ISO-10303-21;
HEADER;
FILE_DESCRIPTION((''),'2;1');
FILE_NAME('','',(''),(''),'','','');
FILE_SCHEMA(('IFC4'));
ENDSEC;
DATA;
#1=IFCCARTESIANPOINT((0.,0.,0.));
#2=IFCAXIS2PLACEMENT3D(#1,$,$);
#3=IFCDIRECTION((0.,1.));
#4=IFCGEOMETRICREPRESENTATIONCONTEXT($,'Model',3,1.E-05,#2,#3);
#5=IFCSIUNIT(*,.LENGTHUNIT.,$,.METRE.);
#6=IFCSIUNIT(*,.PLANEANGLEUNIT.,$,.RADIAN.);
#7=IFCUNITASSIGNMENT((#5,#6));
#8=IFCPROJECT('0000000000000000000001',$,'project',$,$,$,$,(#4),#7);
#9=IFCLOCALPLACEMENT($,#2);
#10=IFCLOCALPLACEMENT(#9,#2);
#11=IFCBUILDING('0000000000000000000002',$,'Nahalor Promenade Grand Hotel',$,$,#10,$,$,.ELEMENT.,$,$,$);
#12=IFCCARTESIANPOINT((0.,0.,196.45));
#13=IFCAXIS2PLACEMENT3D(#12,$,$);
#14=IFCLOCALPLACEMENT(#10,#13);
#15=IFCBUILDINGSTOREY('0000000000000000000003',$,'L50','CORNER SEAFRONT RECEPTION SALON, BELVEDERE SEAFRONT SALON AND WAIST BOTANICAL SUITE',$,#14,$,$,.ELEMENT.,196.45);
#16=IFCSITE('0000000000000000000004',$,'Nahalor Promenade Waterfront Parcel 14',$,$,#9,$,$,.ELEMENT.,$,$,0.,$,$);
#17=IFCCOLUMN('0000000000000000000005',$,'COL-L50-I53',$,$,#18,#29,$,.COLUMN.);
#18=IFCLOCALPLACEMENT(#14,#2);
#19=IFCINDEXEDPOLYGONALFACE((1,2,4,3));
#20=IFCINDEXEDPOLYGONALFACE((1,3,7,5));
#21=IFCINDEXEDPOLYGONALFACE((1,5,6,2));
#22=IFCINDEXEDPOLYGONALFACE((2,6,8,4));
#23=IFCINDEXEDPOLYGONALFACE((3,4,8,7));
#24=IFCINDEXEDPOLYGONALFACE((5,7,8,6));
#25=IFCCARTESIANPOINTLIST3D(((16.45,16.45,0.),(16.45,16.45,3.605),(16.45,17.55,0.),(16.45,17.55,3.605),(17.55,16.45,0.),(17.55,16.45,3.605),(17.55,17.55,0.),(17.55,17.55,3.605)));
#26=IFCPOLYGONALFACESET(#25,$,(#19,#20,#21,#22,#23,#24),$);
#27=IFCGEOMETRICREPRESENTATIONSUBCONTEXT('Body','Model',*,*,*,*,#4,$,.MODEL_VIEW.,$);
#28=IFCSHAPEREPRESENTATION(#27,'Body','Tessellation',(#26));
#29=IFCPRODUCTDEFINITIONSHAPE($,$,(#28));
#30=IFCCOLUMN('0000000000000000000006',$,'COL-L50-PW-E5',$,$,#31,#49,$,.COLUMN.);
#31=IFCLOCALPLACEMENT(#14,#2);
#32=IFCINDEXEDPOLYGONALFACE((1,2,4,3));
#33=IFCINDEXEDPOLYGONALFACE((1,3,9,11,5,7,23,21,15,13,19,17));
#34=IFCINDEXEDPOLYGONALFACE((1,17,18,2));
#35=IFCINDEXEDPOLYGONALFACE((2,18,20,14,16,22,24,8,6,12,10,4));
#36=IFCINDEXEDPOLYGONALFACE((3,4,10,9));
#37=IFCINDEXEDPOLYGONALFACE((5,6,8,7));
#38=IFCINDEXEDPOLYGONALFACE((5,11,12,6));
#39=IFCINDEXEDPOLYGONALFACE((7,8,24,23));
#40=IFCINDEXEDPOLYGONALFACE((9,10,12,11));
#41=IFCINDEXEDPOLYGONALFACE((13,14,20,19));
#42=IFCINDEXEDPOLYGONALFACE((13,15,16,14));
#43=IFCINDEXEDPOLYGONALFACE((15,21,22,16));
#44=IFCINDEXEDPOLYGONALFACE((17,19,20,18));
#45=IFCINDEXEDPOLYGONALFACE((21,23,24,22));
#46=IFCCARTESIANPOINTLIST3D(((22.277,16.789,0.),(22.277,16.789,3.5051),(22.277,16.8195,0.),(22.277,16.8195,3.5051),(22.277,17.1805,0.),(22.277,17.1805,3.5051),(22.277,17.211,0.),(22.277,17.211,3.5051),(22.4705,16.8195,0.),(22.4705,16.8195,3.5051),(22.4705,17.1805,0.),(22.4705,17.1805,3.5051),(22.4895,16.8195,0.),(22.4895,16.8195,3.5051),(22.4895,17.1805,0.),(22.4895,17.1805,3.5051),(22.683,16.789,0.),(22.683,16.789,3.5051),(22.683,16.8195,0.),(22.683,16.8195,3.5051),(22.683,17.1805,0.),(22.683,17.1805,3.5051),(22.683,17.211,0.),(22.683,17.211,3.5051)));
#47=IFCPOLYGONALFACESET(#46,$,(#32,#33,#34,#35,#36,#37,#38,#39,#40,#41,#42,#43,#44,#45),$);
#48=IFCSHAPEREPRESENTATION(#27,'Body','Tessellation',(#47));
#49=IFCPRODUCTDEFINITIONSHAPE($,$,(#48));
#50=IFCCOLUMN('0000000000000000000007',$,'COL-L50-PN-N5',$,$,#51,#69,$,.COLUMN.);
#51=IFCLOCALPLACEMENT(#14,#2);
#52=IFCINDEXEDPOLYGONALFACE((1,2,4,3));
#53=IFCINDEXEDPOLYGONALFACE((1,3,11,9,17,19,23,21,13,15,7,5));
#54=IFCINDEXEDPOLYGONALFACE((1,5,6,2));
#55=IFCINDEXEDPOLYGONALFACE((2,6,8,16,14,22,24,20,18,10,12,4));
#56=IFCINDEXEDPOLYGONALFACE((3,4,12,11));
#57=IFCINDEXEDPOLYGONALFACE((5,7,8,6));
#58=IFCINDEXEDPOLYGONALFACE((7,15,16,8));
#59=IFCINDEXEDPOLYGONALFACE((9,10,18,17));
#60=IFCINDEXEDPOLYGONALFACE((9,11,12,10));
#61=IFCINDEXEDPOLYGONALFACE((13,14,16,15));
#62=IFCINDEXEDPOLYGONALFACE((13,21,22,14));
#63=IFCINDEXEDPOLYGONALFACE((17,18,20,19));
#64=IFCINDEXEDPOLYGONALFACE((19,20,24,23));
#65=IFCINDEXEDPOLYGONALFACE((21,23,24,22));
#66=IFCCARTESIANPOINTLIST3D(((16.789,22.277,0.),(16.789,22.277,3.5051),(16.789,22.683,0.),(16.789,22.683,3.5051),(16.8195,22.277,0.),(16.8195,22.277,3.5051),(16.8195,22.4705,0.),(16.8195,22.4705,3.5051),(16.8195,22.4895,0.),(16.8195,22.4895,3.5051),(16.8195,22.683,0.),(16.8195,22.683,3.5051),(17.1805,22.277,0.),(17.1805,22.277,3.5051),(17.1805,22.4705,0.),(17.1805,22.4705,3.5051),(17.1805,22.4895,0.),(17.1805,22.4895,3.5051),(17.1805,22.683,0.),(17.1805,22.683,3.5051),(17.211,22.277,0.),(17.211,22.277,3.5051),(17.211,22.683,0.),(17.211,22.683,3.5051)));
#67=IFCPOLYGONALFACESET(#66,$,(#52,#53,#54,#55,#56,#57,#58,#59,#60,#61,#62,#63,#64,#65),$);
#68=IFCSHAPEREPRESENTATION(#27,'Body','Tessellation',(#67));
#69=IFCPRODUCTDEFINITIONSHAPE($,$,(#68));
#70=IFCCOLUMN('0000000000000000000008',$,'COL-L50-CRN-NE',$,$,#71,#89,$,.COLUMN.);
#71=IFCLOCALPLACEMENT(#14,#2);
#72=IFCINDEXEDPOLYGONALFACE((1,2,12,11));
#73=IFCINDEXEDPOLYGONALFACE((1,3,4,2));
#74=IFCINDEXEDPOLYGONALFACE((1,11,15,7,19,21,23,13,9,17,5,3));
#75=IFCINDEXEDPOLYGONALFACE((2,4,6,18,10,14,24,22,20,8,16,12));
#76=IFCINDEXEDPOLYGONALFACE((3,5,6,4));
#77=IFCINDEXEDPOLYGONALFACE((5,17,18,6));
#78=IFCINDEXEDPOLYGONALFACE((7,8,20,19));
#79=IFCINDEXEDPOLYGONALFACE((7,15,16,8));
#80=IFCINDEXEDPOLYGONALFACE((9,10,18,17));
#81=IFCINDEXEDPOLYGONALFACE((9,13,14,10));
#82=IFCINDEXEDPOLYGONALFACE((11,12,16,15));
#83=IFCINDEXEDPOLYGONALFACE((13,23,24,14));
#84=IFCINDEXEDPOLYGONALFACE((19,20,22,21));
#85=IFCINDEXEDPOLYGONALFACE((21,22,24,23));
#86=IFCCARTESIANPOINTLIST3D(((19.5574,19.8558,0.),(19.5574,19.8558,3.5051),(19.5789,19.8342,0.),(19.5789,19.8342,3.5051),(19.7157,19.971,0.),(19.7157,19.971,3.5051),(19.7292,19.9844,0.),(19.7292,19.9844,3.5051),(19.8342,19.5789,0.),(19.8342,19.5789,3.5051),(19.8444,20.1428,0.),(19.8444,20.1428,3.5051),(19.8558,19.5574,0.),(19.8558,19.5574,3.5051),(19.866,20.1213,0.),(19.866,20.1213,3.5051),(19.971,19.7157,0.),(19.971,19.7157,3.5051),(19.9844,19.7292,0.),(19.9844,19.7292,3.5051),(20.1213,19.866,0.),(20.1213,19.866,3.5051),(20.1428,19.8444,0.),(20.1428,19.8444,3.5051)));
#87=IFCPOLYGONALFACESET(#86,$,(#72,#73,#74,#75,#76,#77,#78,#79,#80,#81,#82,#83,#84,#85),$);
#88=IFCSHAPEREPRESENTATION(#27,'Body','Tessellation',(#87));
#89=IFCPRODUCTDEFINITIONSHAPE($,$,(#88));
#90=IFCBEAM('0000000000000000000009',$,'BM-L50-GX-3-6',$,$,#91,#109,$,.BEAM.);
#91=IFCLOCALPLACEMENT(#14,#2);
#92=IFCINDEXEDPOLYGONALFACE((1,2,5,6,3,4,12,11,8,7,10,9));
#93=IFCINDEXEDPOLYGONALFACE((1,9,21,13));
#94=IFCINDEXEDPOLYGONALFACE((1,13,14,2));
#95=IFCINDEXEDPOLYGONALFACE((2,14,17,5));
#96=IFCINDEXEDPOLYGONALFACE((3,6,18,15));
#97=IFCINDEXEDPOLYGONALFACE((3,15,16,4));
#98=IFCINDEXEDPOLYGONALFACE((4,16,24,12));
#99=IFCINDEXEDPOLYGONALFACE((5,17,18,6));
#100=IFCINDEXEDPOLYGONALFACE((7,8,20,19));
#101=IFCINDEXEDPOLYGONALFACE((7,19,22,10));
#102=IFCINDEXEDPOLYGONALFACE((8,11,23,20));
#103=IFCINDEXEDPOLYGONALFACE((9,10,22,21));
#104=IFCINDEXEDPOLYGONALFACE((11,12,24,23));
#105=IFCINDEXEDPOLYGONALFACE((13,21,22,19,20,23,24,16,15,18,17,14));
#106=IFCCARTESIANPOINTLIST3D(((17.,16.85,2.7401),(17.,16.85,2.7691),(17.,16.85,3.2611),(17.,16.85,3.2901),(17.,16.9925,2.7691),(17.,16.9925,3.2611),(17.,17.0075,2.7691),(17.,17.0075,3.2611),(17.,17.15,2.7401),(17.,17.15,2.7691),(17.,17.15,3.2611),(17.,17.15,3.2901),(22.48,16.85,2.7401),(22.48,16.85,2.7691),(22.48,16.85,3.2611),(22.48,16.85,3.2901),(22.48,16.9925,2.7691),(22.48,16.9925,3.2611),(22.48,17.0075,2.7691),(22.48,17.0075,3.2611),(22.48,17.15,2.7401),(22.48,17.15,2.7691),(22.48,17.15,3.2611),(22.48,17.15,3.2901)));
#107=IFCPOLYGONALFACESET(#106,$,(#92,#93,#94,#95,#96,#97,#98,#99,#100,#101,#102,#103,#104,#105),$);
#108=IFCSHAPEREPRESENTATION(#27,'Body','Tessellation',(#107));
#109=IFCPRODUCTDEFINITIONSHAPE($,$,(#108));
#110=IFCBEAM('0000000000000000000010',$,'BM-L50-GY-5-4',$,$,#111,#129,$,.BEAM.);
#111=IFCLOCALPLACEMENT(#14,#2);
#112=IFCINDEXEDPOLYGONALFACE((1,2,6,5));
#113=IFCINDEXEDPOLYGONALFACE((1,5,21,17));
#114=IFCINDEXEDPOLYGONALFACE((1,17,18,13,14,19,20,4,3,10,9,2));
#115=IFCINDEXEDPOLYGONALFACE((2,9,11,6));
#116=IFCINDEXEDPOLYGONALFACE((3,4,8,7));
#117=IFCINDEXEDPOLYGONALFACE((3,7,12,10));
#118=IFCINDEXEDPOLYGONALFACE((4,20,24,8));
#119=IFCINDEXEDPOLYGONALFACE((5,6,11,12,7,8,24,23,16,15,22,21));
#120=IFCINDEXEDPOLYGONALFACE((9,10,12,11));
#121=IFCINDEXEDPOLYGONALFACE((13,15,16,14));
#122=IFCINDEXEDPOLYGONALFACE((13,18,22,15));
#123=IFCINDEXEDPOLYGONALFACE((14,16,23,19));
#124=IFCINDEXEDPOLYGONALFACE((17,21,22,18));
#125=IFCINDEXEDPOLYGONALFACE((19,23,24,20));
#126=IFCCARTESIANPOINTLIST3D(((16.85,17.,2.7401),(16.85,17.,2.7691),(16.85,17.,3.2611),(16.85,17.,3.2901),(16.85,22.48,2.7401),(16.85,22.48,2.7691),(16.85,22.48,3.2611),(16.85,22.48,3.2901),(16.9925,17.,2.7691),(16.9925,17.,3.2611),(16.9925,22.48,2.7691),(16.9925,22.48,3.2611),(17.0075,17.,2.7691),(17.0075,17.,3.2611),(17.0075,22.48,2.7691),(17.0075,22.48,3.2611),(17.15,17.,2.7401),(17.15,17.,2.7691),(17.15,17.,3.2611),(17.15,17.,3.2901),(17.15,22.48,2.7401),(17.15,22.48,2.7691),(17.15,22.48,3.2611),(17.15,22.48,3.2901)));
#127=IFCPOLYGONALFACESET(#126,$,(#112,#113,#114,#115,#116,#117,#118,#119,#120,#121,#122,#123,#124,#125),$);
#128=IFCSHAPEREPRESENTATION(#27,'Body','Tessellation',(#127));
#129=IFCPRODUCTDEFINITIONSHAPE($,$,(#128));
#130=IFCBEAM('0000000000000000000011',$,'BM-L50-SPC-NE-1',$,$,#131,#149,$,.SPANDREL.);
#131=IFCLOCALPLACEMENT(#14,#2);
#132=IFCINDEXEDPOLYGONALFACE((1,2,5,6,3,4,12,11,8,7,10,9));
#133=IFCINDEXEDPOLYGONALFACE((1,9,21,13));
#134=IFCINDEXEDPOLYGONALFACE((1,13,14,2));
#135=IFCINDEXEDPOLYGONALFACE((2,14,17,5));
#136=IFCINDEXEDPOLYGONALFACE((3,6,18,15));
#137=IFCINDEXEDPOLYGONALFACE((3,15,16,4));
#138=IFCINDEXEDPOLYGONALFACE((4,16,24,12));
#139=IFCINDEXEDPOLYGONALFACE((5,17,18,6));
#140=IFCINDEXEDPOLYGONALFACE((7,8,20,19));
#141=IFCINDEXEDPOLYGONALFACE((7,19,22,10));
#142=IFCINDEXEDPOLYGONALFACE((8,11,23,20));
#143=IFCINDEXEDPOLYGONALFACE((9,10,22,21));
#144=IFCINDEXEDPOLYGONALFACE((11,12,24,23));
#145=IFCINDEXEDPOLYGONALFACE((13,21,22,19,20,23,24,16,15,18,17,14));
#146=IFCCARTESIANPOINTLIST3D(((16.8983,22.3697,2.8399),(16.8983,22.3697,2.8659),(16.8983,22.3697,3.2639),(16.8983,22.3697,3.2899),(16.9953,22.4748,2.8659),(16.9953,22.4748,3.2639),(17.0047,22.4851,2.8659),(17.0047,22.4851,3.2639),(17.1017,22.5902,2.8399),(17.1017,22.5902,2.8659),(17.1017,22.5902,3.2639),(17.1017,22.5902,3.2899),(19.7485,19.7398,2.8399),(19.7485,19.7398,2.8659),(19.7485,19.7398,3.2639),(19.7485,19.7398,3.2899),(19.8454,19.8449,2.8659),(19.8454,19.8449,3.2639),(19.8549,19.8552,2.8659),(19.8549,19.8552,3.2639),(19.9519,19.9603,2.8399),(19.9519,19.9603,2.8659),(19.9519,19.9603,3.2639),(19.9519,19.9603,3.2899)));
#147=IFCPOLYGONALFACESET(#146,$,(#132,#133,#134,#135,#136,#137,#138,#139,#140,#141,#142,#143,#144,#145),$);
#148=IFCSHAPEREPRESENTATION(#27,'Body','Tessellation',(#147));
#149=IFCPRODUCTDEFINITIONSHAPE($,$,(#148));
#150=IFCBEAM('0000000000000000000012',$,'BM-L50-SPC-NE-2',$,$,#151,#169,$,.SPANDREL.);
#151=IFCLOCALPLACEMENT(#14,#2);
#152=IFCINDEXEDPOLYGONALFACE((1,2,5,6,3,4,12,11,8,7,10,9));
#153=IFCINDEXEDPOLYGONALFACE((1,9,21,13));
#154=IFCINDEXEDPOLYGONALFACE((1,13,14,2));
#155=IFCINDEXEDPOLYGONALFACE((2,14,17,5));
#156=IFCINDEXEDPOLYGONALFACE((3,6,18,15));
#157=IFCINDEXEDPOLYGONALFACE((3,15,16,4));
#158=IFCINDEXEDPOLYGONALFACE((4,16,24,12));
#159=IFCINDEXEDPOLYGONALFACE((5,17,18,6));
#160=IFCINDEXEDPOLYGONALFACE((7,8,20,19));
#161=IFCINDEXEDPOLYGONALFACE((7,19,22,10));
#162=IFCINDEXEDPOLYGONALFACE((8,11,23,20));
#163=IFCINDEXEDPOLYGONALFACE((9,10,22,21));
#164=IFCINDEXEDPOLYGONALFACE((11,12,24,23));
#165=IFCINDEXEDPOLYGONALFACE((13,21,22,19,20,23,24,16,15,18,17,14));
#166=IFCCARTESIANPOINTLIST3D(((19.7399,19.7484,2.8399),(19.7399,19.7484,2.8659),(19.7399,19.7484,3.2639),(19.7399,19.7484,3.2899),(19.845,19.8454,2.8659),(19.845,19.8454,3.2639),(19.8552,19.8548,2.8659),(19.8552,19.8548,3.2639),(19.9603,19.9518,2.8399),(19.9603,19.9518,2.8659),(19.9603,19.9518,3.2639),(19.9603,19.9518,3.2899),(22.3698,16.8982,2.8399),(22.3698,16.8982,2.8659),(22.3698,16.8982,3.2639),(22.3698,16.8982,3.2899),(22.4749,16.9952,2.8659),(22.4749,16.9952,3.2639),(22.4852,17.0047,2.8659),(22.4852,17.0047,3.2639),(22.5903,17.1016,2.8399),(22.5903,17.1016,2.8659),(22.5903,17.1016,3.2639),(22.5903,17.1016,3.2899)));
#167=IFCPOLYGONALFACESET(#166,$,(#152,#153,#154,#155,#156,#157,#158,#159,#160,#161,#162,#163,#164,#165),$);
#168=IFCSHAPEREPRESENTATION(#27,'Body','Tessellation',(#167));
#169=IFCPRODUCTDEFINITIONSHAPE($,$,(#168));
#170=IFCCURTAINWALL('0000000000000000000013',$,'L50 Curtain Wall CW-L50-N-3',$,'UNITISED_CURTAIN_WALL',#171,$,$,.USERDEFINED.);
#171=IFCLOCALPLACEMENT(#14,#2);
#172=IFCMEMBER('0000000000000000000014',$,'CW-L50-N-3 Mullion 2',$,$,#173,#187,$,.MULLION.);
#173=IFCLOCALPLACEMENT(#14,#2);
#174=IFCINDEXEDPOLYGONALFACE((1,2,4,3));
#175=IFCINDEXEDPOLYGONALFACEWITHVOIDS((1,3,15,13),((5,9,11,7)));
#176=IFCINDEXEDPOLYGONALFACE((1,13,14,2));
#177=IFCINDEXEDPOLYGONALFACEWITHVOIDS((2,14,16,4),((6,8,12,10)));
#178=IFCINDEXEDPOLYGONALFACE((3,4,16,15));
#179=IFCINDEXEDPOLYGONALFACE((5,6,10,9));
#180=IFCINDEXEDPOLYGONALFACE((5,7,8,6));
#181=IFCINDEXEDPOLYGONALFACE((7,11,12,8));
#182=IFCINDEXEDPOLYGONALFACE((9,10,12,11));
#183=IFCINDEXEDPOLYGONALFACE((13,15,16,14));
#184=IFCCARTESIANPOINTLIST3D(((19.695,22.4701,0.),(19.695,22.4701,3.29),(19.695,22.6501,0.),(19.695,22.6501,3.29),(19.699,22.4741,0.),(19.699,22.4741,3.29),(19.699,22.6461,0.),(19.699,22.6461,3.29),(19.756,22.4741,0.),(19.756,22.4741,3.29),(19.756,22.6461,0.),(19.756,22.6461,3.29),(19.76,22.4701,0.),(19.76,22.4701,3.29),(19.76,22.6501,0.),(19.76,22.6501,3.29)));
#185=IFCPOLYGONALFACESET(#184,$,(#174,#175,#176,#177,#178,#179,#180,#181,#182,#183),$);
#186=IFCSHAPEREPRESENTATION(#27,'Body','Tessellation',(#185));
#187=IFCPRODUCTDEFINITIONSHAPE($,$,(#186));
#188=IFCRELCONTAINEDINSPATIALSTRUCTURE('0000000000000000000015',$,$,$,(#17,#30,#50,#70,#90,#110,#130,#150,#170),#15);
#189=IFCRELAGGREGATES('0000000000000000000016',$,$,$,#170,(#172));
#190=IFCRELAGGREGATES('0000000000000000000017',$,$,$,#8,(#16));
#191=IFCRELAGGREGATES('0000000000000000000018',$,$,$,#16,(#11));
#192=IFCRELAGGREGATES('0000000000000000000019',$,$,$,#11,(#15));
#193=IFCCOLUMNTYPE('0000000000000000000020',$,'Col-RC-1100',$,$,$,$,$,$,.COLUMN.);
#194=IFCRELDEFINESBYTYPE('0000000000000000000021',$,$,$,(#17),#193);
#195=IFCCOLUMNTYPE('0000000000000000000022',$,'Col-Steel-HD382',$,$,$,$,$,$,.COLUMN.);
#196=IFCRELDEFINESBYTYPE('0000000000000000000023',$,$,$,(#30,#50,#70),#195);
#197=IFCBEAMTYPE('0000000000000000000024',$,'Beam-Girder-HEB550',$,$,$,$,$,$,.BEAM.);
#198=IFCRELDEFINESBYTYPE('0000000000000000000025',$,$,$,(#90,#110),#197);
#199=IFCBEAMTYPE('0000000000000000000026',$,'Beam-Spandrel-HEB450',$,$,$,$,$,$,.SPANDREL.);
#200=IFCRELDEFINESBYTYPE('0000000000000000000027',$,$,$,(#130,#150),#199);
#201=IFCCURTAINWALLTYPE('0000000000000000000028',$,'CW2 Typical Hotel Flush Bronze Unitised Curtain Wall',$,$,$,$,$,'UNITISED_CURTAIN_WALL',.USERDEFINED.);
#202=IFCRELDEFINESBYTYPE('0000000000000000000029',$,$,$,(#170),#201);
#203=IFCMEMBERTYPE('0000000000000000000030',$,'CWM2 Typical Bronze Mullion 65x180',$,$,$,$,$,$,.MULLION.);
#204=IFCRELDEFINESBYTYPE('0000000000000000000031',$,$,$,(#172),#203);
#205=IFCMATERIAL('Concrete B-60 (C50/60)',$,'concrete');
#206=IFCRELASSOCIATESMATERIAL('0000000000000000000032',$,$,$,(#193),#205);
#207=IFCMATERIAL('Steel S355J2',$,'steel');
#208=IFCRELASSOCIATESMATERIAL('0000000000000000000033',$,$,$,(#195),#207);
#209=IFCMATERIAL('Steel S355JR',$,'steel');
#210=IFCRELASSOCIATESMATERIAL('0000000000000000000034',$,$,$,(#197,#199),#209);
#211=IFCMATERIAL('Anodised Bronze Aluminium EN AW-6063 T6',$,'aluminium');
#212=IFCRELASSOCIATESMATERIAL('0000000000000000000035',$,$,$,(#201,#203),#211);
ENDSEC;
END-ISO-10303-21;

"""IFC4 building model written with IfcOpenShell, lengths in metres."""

from ifc_helpers import new_model, si_unit, direction, frame, origin, origin_2d, place, context, subcontext, project, spatial, rectangle, hollow_rectangle, i_section, extrude, source, transform, mapped, material, material_profile, profile_set, type_object, element, aggregate, save


model = new_model("IFC4")

# Units and contexts
model_context = context("Model", 3, precision=1e-05, world=origin(), true_north=direction((0.0, 1.0)))
body_context = subcontext(model_context, "Body", "Model", "MODEL_VIEW")
ifc_project = project(units=[si_unit("LENGTHUNIT", "METRE"), si_unit("PLANEANGLEUNIT", "RADIAN")], contexts=[model_context])

# Site, building, storey
site_placement = place(None, origin())
site = spatial("IfcSite", under=ifc_project, at=site_placement, Name="Nahalor Promenade Waterfront Parcel 14", CompositionType="ELEMENT", RefElevation=0.0)
building_placement = place(site_placement, origin())
building = spatial("IfcBuilding", under=site, at=building_placement, Name="Nahalor Promenade Grand Hotel", CompositionType="ELEMENT")
storey_placement = place(building_placement, frame((0.0, 0.0, 196.45)))
storey = spatial("IfcBuildingStorey", under=building, at=storey_placement, Name="L50", Description="CORNER SEAFRONT RECEPTION SALON, BELVEDERE SEAFRONT SALON AND WAIST BOTANICAL SUITE", CompositionType="ELEMENT", Elevation=196.45)

# Columns
ifc_material_1 = material(Name="Concrete B-60 (C50/60)", Category="concrete")
ifc_material_profile_1 = material_profile(ifc_material_1, rectangle(XDim=1.1, YDim=1.1, at=origin_2d()), Name="RC 1100x1100")
ifc_profile_set_1 = profile_set([ifc_material_profile_1], Name="Concrete B-60 (C50/60)")
column_type_1 = type_object("IfcColumnType", Name="Col-RC-1100", PredefinedType="COLUMN", material=ifc_profile_set_1)
shared_shape_1 = source(origin(), body_context, "Body", "SweptSolid", [
    extrude(rectangle(XDim=1.1, YDim=1.1, at=origin_2d()), origin(), (0.0, 0.0, 1.0), 3.605),
])
column_placement = place(storey_placement, frame((17.0, 17.0, 0.0), z_axis=(0.0, 0.0, 1.0), x_axis=(1.0, 0.0, 0.0)))
element("IfcColumn", 1, at=column_placement, inside=storey, type_object=column_type_1, Name="COL-L50-I53", PredefinedType="COLUMN", context=body_context, shape_type="MappedRepresentation", body=[
    mapped(shared_shape_1, transform((0.0, 0.0, 0.0), scale=1.0)),
])
ifc_material_2 = material(Name="Steel S355J2", Category="steel")
ifc_material_profile_2 = material_profile(ifc_material_2, i_section(OverallWidth=0.406, OverallDepth=0.422, WebThickness=0.019, FlangeThickness=0.0305, at=origin_2d()), Name="HD 400x382")
ifc_profile_set_2 = profile_set([ifc_material_profile_2], Name="Steel S355J2")
column_type_2 = type_object("IfcColumnType", Name="Col-Steel-HD382", PredefinedType="COLUMN", material=ifc_profile_set_2)
shared_shape_2 = source(origin(), body_context, "Body", "SweptSolid", [
    extrude(i_section(OverallWidth=0.406, OverallDepth=0.422, WebThickness=0.019, FlangeThickness=0.0305, at=origin_2d()), origin(), (0.0, 0.0, 1.0), 3.5051),
])
for number, where, z_axis, x_axis, name in (
    (2, (22.48, 17.0, 0.0), (0.0, 0.0, 1.0), (1.0, 0.0, 0.0), "COL-L50-PW-E5"),
    (3, (17.0, 22.48, 0.0), (0.0, 0.0, 1.0), (0.0, 1.0, 0.0), "COL-L50-PN-N5"),
    (4, (19.8501, 19.8501, 0.0), (0.0, 0.0, 1.0), (0.707107, 0.707107, 0.0), "COL-L50-CRN-NE"),
):
    element("IfcColumn", number, at=place(storey_placement, frame(where, z_axis=z_axis, x_axis=x_axis)), inside=storey, type_object=column_type_2, Name=name, PredefinedType="COLUMN", context=body_context, shape_type="MappedRepresentation", body=[
        mapped(shared_shape_2, transform((0.0, 0.0, 0.0), scale=1.0)),
    ])

# Beams
ifc_material_3 = material(Name="Steel S355JR", Category="steel")
ifc_material_profile_3 = material_profile(ifc_material_3, i_section(OverallWidth=0.3, OverallDepth=0.55, WebThickness=0.015, FlangeThickness=0.029, at=origin_2d()), Name="HEB 550")
ifc_profile_set_3 = profile_set([ifc_material_profile_3], Name="Steel S355JR")
beam_type_1 = type_object("IfcBeamType", Name="Beam-Girder-HEB550", PredefinedType="BEAM", material=ifc_profile_set_3)
shared_shape_3 = source(origin(), body_context, "Body", "SweptSolid", [
    extrude(i_section(OverallWidth=0.3, OverallDepth=0.55, WebThickness=0.015, FlangeThickness=0.029, at=origin_2d()), origin(), (0.0, 0.0, 1.0), 5.48),
])
for number, where, z_axis, x_axis, name in (
    (5, (17.0, 17.0, 3.0151), (1.0, 0.0, 0.0), (0.0, 1.0, 0.0), "BM-L50-GX-3-6"),
    (6, (17.0, 17.0, 3.0151), (0.0, 1.0, 0.0), (-1.0, 0.0, 0.0), "BM-L50-GY-5-4"),
):
    element("IfcBeam", number, at=place(storey_placement, frame(where, z_axis=z_axis, x_axis=x_axis)), inside=storey, type_object=beam_type_1, Name=name, PredefinedType="BEAM", context=body_context, shape_type="MappedRepresentation", body=[
        mapped(shared_shape_3, transform((0.0, 0.0, 0.0), scale=1.0)),
    ])
ifc_material_profile_4 = material_profile(ifc_material_3, i_section(OverallWidth=0.3, OverallDepth=0.45, WebThickness=0.014, FlangeThickness=0.026, at=origin_2d()), Name="HEB 450")
ifc_profile_set_4 = profile_set([ifc_material_profile_4], Name="Steel S355JR")
beam_type_2 = type_object("IfcBeamType", Name="Beam-Spandrel-HEB450", PredefinedType="SPANDREL", material=ifc_profile_set_4)
shared_shape_4 = source(origin(), body_context, "Body", "SweptSolid", [
    extrude(i_section(OverallWidth=0.3, OverallDepth=0.45, WebThickness=0.014, FlangeThickness=0.026, at=origin_2d()), origin(), (0.0, 0.0, 1.0), 3.8782),
])
for number, where, z_axis, x_axis, name in (
    (7, (17.0, 22.48, 3.0649), (0.734929, -0.678144, 0.0), (0.678144, 0.734929, 0.0), "BM-L50-SPC-NE-1"),
    (8, (19.8501, 19.8501, 3.0649), (0.678144, -0.734929, 0.0), (0.734929, 0.678144, 0.0), "BM-L50-SPC-NE-2"),
):
    element("IfcBeam", number, at=place(storey_placement, frame(where, z_axis=z_axis, x_axis=x_axis)), inside=storey, type_object=beam_type_2, Name=name, PredefinedType="SPANDREL", context=body_context, shape_type="MappedRepresentation", body=[
        mapped(shared_shape_4, transform((0.0, 0.0, 0.0), scale=1.0)),
    ])

# Curtain wall, member
ifc_material_4 = material(Name="Anodised Bronze Aluminium EN AW-6063 T6", Category="aluminium")
curtain_wall_type = type_object("IfcCurtainWallType", Name="CW2 Typical Hotel Flush Bronze Unitised Curtain Wall", ElementType="UNITISED_CURTAIN_WALL", PredefinedType="USERDEFINED", material=ifc_material_4)
curtain_wall_1_placement = place(storey_placement, origin())
curtain_wall_1 = element("IfcCurtainWall", 9, at=curtain_wall_1_placement, inside=storey, type_object=curtain_wall_type, Name="L50 Curtain Wall CW-L50-N-3", ObjectType="UNITISED_CURTAIN_WALL", PredefinedType="USERDEFINED")
ifc_material_profile_5 = material_profile(ifc_material_4, hollow_rectangle(XDim=0.065, YDim=0.18, WallThickness=0.004, at=origin_2d()), Name="CWM 65x180x4")
ifc_profile_set_5 = profile_set([ifc_material_profile_5], Name="Anodised Bronze Aluminium EN AW-6063 T6")
member_type = type_object("IfcMemberType", Name="CWM2 Typical Bronze Mullion 65x180", PredefinedType="MULLION", material=ifc_profile_set_5)
shared_shape_5 = source(origin(), body_context, "Body", "SweptSolid", [
    extrude(hollow_rectangle(XDim=0.065, YDim=0.18, WallThickness=0.004, at=origin_2d()), origin(), (0.0, 0.0, 1.0), 3.29),
])
member_1_placement = place(storey_placement, frame((19.7275, 22.5601, 0.0), z_axis=(0.0, 0.0, 1.0), x_axis=(1.0, 0.0, 0.0)))
member_1 = element("IfcMember", 10, at=member_1_placement, type_object=member_type, Name="CW-L50-N-3 Mullion 2", PredefinedType="MULLION", context=body_context, shape_type="MappedRepresentation", body=[
    mapped(shared_shape_5, transform((0.0, 0.0, 0.0), scale=1.0)),
])

aggregate(curtain_wall_1, [member_1])

save(model, "model.ifc")
